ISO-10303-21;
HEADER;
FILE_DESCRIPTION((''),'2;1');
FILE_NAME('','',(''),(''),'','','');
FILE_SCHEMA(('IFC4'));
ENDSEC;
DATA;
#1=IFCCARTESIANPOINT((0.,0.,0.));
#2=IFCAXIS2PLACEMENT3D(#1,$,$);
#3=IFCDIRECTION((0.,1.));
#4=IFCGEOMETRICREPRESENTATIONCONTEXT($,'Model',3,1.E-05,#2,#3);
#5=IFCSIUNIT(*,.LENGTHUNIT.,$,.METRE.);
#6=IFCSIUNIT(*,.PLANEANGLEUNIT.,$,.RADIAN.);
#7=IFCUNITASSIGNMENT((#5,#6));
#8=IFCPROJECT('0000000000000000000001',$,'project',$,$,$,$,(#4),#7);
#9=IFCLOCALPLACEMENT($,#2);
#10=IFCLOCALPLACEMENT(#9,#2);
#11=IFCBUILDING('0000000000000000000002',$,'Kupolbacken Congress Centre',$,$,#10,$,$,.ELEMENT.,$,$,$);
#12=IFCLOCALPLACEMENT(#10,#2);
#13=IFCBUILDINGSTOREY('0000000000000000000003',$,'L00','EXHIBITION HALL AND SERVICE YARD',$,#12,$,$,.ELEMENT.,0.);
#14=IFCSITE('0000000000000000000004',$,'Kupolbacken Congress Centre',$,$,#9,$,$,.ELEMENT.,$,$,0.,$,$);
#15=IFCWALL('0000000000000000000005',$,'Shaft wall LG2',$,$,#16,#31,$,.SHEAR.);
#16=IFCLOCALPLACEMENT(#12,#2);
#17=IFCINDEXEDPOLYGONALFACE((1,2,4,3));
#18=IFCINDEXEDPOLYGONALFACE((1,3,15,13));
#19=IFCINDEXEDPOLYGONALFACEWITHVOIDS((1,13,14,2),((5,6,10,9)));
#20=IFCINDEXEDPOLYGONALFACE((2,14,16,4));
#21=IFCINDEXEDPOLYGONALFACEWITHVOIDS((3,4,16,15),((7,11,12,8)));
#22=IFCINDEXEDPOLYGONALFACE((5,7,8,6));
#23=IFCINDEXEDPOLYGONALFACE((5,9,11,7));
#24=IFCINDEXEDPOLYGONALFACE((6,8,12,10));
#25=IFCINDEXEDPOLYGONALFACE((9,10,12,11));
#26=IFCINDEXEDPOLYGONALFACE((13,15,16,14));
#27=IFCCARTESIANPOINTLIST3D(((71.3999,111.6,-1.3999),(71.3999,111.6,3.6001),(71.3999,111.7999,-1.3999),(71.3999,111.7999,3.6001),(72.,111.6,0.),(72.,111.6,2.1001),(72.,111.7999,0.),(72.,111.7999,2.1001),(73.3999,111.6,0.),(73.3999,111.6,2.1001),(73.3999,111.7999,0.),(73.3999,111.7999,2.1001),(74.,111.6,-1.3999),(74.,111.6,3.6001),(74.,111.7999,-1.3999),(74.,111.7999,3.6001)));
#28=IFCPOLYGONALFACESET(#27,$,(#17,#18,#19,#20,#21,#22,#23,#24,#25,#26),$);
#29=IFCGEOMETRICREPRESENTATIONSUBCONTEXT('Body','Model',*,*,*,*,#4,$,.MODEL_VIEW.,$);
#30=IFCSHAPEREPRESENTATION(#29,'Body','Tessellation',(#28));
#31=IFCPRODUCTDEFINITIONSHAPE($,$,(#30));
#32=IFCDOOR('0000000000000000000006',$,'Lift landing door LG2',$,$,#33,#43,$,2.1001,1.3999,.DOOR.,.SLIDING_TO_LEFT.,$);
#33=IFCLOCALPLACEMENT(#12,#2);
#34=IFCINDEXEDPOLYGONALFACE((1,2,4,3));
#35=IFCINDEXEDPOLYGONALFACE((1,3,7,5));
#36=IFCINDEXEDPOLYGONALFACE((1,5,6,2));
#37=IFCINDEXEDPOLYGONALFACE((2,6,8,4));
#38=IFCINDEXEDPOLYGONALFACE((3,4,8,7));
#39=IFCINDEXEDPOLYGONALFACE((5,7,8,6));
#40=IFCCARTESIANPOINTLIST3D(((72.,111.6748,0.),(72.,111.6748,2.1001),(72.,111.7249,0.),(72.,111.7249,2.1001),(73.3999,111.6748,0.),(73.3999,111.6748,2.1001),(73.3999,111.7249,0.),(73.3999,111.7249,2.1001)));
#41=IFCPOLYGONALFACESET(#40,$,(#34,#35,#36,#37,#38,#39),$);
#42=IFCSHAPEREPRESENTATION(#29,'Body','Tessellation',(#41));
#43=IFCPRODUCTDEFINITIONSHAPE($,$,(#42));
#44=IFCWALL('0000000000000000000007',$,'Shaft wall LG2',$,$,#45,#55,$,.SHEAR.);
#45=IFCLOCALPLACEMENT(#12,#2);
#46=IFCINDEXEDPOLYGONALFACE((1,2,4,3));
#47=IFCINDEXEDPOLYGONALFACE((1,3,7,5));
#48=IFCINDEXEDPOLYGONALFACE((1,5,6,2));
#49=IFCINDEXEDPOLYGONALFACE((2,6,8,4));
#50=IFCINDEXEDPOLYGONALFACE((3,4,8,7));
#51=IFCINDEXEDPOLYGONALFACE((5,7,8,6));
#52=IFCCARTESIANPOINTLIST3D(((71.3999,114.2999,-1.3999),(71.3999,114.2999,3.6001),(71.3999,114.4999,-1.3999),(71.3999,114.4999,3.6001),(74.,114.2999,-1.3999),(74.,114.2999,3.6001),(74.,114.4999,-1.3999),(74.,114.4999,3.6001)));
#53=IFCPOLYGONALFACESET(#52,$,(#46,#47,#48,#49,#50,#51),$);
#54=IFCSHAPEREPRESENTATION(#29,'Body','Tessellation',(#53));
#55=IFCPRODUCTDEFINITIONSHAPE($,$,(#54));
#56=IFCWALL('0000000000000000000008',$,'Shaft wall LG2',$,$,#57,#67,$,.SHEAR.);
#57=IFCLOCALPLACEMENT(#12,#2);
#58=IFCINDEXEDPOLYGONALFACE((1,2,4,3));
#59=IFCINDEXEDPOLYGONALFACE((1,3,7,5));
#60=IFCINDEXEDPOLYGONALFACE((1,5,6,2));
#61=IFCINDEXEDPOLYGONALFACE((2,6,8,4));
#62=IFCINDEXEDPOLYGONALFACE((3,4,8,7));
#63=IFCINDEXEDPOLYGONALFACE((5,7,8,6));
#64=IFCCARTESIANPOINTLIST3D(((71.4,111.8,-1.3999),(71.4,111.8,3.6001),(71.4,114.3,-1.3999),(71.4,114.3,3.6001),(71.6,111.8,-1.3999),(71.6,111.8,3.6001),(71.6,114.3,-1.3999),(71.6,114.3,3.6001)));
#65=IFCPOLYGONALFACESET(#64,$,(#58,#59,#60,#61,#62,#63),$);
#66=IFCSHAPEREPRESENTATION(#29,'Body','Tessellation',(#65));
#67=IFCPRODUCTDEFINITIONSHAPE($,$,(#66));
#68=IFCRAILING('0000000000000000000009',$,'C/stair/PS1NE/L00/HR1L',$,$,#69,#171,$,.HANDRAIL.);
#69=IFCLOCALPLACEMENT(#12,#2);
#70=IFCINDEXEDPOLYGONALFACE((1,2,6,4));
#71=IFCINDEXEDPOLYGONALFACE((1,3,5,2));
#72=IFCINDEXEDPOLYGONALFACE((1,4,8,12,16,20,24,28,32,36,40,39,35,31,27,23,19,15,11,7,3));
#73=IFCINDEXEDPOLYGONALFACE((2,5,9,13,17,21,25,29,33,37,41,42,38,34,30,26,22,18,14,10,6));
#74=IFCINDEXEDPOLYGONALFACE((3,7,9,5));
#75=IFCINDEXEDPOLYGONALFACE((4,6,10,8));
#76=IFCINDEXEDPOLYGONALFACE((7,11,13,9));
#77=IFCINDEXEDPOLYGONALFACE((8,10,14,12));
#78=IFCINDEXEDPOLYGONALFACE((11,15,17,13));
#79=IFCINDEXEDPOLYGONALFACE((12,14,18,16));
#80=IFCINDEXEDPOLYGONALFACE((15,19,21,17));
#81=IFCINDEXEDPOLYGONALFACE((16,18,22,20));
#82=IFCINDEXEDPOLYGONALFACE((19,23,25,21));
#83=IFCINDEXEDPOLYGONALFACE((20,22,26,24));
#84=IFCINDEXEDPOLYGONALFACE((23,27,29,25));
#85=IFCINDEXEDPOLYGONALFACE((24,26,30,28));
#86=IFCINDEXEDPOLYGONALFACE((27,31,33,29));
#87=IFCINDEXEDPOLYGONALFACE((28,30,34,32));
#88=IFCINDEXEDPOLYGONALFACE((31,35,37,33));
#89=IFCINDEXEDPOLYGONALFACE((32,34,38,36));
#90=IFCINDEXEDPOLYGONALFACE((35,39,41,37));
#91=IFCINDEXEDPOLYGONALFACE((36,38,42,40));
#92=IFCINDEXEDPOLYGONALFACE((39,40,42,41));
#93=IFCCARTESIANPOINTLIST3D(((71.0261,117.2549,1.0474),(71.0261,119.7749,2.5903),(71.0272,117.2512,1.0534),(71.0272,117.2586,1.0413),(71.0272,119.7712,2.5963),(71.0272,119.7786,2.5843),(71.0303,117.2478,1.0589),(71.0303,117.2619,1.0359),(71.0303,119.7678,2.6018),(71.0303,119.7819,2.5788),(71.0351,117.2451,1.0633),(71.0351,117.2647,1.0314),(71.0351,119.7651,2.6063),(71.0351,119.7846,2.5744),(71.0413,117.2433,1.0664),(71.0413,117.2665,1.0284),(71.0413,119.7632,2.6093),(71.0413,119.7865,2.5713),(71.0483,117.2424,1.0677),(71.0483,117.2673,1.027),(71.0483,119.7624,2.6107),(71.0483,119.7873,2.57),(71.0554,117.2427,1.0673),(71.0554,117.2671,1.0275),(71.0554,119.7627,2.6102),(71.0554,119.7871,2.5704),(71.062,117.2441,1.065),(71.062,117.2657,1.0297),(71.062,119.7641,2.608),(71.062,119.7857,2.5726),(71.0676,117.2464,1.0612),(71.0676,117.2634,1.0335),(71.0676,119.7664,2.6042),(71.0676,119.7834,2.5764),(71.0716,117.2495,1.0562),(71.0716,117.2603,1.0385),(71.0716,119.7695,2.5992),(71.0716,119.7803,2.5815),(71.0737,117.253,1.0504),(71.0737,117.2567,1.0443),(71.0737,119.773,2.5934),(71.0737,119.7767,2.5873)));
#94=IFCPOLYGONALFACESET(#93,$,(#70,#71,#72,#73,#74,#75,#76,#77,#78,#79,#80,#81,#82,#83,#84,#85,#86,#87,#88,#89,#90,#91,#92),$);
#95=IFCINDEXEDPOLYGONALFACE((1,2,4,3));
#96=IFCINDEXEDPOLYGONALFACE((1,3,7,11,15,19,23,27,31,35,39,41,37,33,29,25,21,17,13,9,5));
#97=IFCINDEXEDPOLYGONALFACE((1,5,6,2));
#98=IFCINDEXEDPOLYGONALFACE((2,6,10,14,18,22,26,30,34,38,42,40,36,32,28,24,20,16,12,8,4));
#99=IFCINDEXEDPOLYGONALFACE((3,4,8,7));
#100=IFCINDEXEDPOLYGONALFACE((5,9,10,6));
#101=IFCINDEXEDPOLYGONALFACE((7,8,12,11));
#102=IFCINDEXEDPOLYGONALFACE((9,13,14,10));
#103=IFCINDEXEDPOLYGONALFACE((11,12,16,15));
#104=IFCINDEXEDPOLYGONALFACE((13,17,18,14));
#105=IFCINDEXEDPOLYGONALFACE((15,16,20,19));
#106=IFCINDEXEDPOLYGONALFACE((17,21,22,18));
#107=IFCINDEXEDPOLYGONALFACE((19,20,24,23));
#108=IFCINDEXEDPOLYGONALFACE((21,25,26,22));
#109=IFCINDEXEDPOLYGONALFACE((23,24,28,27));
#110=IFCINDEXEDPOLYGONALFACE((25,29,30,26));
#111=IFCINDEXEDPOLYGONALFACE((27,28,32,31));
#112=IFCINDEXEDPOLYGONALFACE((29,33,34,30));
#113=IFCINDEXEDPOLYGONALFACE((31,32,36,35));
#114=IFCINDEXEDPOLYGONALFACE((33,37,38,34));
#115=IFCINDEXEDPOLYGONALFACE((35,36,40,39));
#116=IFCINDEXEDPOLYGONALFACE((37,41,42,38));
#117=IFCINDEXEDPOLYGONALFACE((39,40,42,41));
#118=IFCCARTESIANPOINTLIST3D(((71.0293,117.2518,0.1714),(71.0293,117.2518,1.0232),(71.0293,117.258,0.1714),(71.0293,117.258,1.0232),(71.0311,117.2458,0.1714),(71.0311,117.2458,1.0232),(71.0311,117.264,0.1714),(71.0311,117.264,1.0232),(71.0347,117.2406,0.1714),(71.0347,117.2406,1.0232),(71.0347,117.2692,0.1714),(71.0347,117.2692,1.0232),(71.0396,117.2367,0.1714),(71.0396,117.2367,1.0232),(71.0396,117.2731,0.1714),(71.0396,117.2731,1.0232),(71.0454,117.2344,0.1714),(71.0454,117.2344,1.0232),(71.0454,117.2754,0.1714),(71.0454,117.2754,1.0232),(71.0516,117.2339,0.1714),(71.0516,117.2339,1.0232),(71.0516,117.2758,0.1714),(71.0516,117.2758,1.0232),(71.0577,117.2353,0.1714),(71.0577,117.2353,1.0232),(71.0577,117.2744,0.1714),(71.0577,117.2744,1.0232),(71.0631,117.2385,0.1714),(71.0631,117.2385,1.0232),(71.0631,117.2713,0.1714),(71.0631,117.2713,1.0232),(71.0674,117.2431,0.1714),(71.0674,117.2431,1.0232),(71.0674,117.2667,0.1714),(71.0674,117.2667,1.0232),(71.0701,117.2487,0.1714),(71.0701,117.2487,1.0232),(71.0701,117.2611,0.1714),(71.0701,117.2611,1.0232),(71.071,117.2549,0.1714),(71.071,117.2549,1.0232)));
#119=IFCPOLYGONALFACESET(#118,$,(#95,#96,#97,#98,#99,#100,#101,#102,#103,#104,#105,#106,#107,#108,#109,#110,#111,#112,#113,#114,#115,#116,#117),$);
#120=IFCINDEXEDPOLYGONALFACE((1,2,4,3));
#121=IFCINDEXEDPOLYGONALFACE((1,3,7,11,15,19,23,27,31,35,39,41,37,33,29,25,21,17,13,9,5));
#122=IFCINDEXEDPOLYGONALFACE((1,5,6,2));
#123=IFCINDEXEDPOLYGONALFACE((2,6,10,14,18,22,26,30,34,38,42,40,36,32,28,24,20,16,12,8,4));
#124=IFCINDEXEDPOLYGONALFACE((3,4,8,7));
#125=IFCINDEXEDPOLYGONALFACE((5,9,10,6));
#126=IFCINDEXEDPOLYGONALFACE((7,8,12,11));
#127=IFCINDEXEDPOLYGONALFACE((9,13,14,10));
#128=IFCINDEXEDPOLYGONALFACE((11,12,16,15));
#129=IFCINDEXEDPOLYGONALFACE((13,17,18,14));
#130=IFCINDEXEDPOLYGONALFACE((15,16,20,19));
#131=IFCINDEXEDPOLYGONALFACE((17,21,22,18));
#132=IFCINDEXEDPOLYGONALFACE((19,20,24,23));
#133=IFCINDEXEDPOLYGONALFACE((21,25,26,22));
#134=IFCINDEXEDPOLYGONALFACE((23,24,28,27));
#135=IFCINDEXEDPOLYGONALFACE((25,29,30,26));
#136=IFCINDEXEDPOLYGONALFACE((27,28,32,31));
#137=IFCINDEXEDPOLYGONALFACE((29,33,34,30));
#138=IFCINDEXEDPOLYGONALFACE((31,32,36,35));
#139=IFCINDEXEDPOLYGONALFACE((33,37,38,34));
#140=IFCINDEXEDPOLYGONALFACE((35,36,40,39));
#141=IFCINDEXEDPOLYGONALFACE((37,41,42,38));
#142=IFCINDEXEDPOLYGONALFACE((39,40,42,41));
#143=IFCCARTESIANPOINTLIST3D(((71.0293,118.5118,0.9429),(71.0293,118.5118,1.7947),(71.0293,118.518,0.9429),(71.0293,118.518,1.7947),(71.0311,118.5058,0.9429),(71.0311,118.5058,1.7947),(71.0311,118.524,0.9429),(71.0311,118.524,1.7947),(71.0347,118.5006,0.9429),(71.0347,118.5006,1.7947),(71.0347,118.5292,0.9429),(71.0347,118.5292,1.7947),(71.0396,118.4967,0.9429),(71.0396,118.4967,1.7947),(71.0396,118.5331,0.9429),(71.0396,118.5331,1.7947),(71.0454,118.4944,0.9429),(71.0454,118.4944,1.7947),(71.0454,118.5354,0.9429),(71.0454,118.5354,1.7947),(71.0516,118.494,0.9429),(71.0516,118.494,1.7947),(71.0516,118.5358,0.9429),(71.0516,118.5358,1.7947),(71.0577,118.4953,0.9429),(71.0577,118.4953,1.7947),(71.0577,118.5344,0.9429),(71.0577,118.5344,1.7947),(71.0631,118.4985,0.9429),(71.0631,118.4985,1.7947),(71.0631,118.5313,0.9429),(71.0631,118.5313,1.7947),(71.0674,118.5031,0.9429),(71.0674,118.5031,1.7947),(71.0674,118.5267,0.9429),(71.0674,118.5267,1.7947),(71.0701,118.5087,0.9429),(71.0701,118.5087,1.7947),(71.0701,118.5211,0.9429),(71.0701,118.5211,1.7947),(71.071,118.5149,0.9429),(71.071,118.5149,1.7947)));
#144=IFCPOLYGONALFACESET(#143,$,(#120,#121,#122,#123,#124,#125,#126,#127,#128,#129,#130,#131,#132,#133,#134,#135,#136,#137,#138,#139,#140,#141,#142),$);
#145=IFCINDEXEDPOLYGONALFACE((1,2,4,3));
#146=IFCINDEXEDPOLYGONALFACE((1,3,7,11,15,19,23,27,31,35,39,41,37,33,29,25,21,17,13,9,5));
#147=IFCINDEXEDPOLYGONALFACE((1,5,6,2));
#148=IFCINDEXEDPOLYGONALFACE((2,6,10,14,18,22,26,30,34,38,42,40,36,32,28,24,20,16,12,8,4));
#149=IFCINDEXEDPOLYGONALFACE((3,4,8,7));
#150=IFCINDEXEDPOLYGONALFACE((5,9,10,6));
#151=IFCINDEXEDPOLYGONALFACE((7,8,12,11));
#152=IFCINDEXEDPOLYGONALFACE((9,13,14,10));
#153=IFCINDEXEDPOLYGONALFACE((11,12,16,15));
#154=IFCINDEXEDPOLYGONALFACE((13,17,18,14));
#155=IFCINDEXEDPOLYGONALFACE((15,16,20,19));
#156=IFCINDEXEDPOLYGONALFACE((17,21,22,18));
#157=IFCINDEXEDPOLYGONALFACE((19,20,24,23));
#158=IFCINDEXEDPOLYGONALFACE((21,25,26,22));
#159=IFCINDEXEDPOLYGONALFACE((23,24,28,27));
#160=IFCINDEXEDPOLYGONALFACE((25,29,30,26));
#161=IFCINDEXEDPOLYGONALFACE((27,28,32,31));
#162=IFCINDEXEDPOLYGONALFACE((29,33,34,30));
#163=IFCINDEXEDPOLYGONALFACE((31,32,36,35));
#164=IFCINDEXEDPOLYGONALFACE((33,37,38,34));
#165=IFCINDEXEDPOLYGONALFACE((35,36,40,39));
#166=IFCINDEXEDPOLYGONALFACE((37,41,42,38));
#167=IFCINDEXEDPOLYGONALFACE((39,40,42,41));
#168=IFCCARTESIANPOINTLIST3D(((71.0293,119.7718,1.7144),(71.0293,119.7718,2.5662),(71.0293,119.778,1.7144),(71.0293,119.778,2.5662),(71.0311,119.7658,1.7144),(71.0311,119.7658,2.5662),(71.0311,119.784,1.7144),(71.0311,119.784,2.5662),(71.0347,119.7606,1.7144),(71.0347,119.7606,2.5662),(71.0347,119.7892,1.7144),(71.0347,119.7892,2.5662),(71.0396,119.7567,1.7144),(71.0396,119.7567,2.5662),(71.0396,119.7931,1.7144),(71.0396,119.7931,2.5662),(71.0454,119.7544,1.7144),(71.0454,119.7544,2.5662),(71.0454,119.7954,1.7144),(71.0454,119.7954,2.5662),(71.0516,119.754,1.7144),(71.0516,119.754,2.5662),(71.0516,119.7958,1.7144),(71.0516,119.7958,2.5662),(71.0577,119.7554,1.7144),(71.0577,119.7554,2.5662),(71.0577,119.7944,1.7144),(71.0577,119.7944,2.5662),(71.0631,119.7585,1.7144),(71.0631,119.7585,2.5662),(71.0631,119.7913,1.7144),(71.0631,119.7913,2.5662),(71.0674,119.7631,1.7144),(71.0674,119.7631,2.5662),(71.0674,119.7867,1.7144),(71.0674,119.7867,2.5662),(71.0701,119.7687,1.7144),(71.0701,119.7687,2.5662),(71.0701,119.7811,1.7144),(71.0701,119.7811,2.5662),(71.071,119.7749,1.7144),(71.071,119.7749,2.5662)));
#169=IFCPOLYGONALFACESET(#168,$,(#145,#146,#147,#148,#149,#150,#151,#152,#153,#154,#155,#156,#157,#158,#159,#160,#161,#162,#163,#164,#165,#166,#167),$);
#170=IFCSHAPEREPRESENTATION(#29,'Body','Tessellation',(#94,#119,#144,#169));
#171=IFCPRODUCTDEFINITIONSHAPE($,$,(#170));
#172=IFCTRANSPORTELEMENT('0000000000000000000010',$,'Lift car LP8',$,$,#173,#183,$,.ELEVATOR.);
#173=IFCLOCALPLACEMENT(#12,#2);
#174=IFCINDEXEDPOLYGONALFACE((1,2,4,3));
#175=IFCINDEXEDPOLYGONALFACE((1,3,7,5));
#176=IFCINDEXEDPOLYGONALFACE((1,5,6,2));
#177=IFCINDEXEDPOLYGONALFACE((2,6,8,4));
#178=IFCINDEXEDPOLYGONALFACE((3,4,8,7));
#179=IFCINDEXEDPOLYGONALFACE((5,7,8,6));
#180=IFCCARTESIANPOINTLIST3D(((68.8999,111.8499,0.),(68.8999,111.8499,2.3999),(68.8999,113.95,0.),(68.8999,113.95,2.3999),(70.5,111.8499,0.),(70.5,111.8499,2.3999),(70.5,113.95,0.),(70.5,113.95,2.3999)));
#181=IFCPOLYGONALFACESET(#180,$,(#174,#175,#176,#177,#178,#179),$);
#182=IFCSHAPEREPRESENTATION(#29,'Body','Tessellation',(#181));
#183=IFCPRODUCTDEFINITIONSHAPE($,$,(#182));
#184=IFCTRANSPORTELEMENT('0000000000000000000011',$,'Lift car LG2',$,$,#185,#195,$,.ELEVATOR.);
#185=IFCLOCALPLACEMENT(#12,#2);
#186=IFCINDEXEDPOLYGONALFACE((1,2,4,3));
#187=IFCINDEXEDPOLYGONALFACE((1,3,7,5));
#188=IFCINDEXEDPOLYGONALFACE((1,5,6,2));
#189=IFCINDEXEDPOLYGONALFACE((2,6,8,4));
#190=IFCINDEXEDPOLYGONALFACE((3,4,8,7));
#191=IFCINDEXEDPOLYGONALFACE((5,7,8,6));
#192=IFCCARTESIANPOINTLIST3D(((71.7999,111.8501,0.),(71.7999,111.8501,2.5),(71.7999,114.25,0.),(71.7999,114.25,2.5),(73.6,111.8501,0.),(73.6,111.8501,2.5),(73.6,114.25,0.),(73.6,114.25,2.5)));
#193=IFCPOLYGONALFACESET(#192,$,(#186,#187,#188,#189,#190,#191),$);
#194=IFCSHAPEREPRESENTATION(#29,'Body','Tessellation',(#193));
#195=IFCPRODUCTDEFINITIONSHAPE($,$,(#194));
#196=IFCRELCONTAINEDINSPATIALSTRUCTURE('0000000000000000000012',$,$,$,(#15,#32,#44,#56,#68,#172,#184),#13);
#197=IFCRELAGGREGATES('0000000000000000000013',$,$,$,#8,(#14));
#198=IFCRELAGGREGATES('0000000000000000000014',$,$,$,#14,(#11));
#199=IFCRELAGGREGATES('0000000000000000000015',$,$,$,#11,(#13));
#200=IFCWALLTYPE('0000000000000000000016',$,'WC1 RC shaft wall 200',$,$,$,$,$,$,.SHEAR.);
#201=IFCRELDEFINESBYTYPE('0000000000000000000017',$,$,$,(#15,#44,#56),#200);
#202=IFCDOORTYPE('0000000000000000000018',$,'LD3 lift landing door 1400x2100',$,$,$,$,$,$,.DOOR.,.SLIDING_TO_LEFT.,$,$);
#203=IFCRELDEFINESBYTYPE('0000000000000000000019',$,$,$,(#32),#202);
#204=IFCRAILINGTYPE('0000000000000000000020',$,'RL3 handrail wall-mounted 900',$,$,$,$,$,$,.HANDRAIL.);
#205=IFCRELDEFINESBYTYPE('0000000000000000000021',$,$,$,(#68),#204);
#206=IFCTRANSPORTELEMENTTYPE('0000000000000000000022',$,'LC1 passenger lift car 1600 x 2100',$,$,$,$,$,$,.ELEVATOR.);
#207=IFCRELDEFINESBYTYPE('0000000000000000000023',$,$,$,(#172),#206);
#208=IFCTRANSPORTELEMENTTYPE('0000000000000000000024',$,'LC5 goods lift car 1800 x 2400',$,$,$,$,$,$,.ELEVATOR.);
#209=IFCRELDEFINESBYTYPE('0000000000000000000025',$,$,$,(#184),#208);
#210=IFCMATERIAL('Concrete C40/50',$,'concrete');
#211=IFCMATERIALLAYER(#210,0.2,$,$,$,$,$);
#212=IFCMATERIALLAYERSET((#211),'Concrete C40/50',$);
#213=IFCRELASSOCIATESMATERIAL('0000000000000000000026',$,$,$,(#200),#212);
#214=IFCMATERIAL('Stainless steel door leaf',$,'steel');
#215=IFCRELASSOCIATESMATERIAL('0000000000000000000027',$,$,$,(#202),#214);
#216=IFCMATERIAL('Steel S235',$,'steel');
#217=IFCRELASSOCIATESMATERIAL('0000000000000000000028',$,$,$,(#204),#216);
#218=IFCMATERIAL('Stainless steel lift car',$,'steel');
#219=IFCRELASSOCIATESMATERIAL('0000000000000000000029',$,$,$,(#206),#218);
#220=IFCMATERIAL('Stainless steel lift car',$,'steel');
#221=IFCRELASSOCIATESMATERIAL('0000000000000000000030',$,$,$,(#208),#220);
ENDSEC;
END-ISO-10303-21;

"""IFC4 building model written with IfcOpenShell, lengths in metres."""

from ifc_helpers import new_model, si_unit, direction, frame, frame_2d, origin, origin_2d, place, context, subcontext, project, spatial, rectangle, circle, extrude, material, layer, layer_set, type_object, element, fill, save


model = new_model("IFC4")

# Units and contexts
model_context = context("Model", 3, precision=1e-05, world=origin(), true_north=direction((0.0, 1.0)))
body_context = subcontext(model_context, "Body", "Model", "MODEL_VIEW")
ifc_project = project(units=[si_unit("LENGTHUNIT", "METRE"), si_unit("PLANEANGLEUNIT", "RADIAN")], contexts=[model_context])

# Site, building, storey
site_placement = place(None, origin())
site = spatial("IfcSite", under=ifc_project, at=site_placement, Name="Kupolbacken Congress Centre", CompositionType="ELEMENT", RefElevation=0.0)
building_placement = place(site_placement, origin())
building = spatial("IfcBuilding", under=site, at=building_placement, Name="Kupolbacken Congress Centre", CompositionType="ELEMENT")
storey_placement = place(building_placement, origin())
storey = spatial("IfcBuildingStorey", under=building, at=storey_placement, Name="L00", Description="EXHIBITION HALL AND SERVICE YARD", CompositionType="ELEMENT", Elevation=0.0)

# Shared definitions
ifc_material_1 = material(Name="Concrete C40/50", Category="concrete")
ifc_layer_1 = layer(ifc_material_1, 0.2)
ifc_layer_set_1 = layer_set([ifc_layer_1], Name="Concrete C40/50")
wall_type_1 = type_object("IfcWallType", Name="WC1 RC shaft wall 200", PredefinedType="SHEAR", material=ifc_layer_set_1)

# Wall, opening, door
wall_1_placement = place(storey_placement, frame((71.3999, 111.7, -1.3999), z_axis=(0.0, 0.0, 1.0), x_axis=(1.0, 0.0, 0.0)))
wall_1 = element("IfcWall", 1, at=wall_1_placement, inside=storey, type_object=wall_type_1, Name="Shaft wall LG2", PredefinedType="SHEAR", context=body_context, shape_type="SweptSolid", body=[
    extrude(rectangle(XDim=2.6001, YDim=0.2, at=frame_2d((1.3, 0.0))), origin(), (0.0, 0.0, 1.0), 5.0),
])
opening_1_placement = place(wall_1_placement, frame((0.6001, 0.0, 1.3999)))
opening_1 = element("IfcOpeningElement", 2, at=opening_1_placement, cuts=wall_1, PredefinedType="OPENING", context=body_context, shape_type="SweptSolid", body=[
    extrude(rectangle(XDim=1.3999, YDim=2.1001, at=frame_2d((0.7, 1.05))), frame((0.0, 0.1099, 0.0), z_axis=(0.0, -1.0, 0.0), x_axis=(1.0, 0.0, 0.0)), (0.0, 0.0, 1.0), 0.22),
])
ifc_material_2 = material(Name="Stainless steel door leaf", Category="steel")
door_type_1 = type_object("IfcDoorType", Name="LD3 lift landing door 1400x2100", OperationType="SLIDING_TO_LEFT", PredefinedType="DOOR", material=ifc_material_2)
door_1_placement = place(opening_1_placement, origin())
door_1 = element("IfcDoor", 3, at=door_1_placement, inside=storey, type_object=door_type_1, Name="Lift landing door LG2", OperationType="SLIDING_TO_LEFT", OverallHeight=2.1001, OverallWidth=1.3999, PredefinedType="DOOR", context=body_context, shape_type="SweptSolid", body=[
    extrude(rectangle(XDim=1.3999, YDim=2.1001, at=frame_2d((0.7, 1.05))), frame((0.0, 0.0249, 0.0), z_axis=(0.0, -1.0, 0.0), x_axis=(1.0, 0.0, 0.0)), (0.0, 0.0, 1.0), 0.05),
])
fill(opening_1, door_1)

# Walls
wall_2_placement = place(storey_placement, frame((71.3999, 114.3999, -1.3999), z_axis=(0.0, 0.0, 1.0), x_axis=(1.0, 0.0, 0.0)))
element("IfcWall", 4, at=wall_2_placement, inside=storey, type_object=wall_type_1, Name="Shaft wall LG2", PredefinedType="SHEAR", context=body_context, shape_type="SweptSolid", body=[
    extrude(rectangle(XDim=2.6001, YDim=0.2, at=frame_2d((1.3, 0.0))), origin(), (0.0, 0.0, 1.0), 5.0),
])
wall_3_placement = place(storey_placement, frame((71.5, 111.8, -1.3999), z_axis=(0.0, 0.0, 1.0), x_axis=(0.0, 1.0, 0.0)))
element("IfcWall", 5, at=wall_3_placement, inside=storey, type_object=wall_type_1, Name="Shaft wall LG2", PredefinedType="SHEAR", context=body_context, shape_type="SweptSolid", body=[
    extrude(rectangle(XDim=2.5, YDim=0.2, at=frame_2d((1.25, 0.0))), origin(), (0.0, 0.0, 1.0), 5.0),
])

# Railing
ifc_material_3 = material(Name="Steel S235", Category="steel")
railing_type = type_object("IfcRailingType", Name="RL3 handrail wall-mounted 900", PredefinedType="HANDRAIL", material=ifc_material_3)
railing_placement = place(storey_placement, frame((71.05, 117.2549, 0.1714)))
element("IfcRailing", 6, at=railing_placement, inside=storey, type_object=railing_type, Name="C/stair/PS1NE/L00/HR1L", PredefinedType="HANDRAIL", context=body_context, shape_type="SweptSolid", body=[
    extrude(circle(Radius=0.0239, at=origin_2d()), frame((0.0, 0.0, 0.876), z_axis=(0.0, 0.852836, 0.522178), x_axis=(-1.0, 0.0, 0.0)), (0.0, 0.0, 1.0), 2.9548),
    extrude(circle(Radius=0.021, at=origin_2d()), origin(), (0.0, 0.0, 1.0), 0.8518),
    extrude(circle(Radius=0.021, at=origin_2d()), frame((0.0, 1.26, 0.7715)), (0.0, 0.0, 1.0), 0.8518),
    extrude(circle(Radius=0.021, at=origin_2d()), frame((0.0, 2.52, 1.543)), (0.0, 0.0, 1.0), 0.8518),
])

# Transport elements
ifc_material_4 = material(Name="Stainless steel lift car", Category="steel")
transport_element_type_1 = type_object("IfcTransportElementType", Name="LC1 passenger lift car 1600 x 2100", PredefinedType="ELEVATOR", material=ifc_material_4)
transport_element_1_placement = place(storey_placement, frame((69.7, 112.8999, 0.0), z_axis=(0.0, 0.0, 1.0), x_axis=(1.0, 0.0, 0.0)))
element("IfcTransportElement", 7, at=transport_element_1_placement, inside=storey, type_object=transport_element_type_1, Name="Lift car LP8", PredefinedType="ELEVATOR", context=body_context, shape_type="SweptSolid", body=[
    extrude(rectangle(XDim=1.6001, YDim=2.1001, at=origin_2d()), origin(), (0.0, 0.0, 1.0), 2.3999),
])
ifc_material_5 = material(Name="Stainless steel lift car", Category="steel")
transport_element_type_2 = type_object("IfcTransportElementType", Name="LC5 goods lift car 1800 x 2400", PredefinedType="ELEVATOR", material=ifc_material_5)
transport_element_2_placement = place(storey_placement, frame((72.7, 113.05, 0.0), z_axis=(0.0, 0.0, 1.0), x_axis=(1.0, 0.0, 0.0)))
element("IfcTransportElement", 8, at=transport_element_2_placement, inside=storey, type_object=transport_element_type_2, Name="Lift car LG2", PredefinedType="ELEVATOR", context=body_context, shape_type="SweptSolid", body=[
    extrude(rectangle(XDim=1.8, YDim=2.3999, at=origin_2d()), origin(), (0.0, 0.0, 1.0), 2.5),
])

save(model, "model.ifc")
